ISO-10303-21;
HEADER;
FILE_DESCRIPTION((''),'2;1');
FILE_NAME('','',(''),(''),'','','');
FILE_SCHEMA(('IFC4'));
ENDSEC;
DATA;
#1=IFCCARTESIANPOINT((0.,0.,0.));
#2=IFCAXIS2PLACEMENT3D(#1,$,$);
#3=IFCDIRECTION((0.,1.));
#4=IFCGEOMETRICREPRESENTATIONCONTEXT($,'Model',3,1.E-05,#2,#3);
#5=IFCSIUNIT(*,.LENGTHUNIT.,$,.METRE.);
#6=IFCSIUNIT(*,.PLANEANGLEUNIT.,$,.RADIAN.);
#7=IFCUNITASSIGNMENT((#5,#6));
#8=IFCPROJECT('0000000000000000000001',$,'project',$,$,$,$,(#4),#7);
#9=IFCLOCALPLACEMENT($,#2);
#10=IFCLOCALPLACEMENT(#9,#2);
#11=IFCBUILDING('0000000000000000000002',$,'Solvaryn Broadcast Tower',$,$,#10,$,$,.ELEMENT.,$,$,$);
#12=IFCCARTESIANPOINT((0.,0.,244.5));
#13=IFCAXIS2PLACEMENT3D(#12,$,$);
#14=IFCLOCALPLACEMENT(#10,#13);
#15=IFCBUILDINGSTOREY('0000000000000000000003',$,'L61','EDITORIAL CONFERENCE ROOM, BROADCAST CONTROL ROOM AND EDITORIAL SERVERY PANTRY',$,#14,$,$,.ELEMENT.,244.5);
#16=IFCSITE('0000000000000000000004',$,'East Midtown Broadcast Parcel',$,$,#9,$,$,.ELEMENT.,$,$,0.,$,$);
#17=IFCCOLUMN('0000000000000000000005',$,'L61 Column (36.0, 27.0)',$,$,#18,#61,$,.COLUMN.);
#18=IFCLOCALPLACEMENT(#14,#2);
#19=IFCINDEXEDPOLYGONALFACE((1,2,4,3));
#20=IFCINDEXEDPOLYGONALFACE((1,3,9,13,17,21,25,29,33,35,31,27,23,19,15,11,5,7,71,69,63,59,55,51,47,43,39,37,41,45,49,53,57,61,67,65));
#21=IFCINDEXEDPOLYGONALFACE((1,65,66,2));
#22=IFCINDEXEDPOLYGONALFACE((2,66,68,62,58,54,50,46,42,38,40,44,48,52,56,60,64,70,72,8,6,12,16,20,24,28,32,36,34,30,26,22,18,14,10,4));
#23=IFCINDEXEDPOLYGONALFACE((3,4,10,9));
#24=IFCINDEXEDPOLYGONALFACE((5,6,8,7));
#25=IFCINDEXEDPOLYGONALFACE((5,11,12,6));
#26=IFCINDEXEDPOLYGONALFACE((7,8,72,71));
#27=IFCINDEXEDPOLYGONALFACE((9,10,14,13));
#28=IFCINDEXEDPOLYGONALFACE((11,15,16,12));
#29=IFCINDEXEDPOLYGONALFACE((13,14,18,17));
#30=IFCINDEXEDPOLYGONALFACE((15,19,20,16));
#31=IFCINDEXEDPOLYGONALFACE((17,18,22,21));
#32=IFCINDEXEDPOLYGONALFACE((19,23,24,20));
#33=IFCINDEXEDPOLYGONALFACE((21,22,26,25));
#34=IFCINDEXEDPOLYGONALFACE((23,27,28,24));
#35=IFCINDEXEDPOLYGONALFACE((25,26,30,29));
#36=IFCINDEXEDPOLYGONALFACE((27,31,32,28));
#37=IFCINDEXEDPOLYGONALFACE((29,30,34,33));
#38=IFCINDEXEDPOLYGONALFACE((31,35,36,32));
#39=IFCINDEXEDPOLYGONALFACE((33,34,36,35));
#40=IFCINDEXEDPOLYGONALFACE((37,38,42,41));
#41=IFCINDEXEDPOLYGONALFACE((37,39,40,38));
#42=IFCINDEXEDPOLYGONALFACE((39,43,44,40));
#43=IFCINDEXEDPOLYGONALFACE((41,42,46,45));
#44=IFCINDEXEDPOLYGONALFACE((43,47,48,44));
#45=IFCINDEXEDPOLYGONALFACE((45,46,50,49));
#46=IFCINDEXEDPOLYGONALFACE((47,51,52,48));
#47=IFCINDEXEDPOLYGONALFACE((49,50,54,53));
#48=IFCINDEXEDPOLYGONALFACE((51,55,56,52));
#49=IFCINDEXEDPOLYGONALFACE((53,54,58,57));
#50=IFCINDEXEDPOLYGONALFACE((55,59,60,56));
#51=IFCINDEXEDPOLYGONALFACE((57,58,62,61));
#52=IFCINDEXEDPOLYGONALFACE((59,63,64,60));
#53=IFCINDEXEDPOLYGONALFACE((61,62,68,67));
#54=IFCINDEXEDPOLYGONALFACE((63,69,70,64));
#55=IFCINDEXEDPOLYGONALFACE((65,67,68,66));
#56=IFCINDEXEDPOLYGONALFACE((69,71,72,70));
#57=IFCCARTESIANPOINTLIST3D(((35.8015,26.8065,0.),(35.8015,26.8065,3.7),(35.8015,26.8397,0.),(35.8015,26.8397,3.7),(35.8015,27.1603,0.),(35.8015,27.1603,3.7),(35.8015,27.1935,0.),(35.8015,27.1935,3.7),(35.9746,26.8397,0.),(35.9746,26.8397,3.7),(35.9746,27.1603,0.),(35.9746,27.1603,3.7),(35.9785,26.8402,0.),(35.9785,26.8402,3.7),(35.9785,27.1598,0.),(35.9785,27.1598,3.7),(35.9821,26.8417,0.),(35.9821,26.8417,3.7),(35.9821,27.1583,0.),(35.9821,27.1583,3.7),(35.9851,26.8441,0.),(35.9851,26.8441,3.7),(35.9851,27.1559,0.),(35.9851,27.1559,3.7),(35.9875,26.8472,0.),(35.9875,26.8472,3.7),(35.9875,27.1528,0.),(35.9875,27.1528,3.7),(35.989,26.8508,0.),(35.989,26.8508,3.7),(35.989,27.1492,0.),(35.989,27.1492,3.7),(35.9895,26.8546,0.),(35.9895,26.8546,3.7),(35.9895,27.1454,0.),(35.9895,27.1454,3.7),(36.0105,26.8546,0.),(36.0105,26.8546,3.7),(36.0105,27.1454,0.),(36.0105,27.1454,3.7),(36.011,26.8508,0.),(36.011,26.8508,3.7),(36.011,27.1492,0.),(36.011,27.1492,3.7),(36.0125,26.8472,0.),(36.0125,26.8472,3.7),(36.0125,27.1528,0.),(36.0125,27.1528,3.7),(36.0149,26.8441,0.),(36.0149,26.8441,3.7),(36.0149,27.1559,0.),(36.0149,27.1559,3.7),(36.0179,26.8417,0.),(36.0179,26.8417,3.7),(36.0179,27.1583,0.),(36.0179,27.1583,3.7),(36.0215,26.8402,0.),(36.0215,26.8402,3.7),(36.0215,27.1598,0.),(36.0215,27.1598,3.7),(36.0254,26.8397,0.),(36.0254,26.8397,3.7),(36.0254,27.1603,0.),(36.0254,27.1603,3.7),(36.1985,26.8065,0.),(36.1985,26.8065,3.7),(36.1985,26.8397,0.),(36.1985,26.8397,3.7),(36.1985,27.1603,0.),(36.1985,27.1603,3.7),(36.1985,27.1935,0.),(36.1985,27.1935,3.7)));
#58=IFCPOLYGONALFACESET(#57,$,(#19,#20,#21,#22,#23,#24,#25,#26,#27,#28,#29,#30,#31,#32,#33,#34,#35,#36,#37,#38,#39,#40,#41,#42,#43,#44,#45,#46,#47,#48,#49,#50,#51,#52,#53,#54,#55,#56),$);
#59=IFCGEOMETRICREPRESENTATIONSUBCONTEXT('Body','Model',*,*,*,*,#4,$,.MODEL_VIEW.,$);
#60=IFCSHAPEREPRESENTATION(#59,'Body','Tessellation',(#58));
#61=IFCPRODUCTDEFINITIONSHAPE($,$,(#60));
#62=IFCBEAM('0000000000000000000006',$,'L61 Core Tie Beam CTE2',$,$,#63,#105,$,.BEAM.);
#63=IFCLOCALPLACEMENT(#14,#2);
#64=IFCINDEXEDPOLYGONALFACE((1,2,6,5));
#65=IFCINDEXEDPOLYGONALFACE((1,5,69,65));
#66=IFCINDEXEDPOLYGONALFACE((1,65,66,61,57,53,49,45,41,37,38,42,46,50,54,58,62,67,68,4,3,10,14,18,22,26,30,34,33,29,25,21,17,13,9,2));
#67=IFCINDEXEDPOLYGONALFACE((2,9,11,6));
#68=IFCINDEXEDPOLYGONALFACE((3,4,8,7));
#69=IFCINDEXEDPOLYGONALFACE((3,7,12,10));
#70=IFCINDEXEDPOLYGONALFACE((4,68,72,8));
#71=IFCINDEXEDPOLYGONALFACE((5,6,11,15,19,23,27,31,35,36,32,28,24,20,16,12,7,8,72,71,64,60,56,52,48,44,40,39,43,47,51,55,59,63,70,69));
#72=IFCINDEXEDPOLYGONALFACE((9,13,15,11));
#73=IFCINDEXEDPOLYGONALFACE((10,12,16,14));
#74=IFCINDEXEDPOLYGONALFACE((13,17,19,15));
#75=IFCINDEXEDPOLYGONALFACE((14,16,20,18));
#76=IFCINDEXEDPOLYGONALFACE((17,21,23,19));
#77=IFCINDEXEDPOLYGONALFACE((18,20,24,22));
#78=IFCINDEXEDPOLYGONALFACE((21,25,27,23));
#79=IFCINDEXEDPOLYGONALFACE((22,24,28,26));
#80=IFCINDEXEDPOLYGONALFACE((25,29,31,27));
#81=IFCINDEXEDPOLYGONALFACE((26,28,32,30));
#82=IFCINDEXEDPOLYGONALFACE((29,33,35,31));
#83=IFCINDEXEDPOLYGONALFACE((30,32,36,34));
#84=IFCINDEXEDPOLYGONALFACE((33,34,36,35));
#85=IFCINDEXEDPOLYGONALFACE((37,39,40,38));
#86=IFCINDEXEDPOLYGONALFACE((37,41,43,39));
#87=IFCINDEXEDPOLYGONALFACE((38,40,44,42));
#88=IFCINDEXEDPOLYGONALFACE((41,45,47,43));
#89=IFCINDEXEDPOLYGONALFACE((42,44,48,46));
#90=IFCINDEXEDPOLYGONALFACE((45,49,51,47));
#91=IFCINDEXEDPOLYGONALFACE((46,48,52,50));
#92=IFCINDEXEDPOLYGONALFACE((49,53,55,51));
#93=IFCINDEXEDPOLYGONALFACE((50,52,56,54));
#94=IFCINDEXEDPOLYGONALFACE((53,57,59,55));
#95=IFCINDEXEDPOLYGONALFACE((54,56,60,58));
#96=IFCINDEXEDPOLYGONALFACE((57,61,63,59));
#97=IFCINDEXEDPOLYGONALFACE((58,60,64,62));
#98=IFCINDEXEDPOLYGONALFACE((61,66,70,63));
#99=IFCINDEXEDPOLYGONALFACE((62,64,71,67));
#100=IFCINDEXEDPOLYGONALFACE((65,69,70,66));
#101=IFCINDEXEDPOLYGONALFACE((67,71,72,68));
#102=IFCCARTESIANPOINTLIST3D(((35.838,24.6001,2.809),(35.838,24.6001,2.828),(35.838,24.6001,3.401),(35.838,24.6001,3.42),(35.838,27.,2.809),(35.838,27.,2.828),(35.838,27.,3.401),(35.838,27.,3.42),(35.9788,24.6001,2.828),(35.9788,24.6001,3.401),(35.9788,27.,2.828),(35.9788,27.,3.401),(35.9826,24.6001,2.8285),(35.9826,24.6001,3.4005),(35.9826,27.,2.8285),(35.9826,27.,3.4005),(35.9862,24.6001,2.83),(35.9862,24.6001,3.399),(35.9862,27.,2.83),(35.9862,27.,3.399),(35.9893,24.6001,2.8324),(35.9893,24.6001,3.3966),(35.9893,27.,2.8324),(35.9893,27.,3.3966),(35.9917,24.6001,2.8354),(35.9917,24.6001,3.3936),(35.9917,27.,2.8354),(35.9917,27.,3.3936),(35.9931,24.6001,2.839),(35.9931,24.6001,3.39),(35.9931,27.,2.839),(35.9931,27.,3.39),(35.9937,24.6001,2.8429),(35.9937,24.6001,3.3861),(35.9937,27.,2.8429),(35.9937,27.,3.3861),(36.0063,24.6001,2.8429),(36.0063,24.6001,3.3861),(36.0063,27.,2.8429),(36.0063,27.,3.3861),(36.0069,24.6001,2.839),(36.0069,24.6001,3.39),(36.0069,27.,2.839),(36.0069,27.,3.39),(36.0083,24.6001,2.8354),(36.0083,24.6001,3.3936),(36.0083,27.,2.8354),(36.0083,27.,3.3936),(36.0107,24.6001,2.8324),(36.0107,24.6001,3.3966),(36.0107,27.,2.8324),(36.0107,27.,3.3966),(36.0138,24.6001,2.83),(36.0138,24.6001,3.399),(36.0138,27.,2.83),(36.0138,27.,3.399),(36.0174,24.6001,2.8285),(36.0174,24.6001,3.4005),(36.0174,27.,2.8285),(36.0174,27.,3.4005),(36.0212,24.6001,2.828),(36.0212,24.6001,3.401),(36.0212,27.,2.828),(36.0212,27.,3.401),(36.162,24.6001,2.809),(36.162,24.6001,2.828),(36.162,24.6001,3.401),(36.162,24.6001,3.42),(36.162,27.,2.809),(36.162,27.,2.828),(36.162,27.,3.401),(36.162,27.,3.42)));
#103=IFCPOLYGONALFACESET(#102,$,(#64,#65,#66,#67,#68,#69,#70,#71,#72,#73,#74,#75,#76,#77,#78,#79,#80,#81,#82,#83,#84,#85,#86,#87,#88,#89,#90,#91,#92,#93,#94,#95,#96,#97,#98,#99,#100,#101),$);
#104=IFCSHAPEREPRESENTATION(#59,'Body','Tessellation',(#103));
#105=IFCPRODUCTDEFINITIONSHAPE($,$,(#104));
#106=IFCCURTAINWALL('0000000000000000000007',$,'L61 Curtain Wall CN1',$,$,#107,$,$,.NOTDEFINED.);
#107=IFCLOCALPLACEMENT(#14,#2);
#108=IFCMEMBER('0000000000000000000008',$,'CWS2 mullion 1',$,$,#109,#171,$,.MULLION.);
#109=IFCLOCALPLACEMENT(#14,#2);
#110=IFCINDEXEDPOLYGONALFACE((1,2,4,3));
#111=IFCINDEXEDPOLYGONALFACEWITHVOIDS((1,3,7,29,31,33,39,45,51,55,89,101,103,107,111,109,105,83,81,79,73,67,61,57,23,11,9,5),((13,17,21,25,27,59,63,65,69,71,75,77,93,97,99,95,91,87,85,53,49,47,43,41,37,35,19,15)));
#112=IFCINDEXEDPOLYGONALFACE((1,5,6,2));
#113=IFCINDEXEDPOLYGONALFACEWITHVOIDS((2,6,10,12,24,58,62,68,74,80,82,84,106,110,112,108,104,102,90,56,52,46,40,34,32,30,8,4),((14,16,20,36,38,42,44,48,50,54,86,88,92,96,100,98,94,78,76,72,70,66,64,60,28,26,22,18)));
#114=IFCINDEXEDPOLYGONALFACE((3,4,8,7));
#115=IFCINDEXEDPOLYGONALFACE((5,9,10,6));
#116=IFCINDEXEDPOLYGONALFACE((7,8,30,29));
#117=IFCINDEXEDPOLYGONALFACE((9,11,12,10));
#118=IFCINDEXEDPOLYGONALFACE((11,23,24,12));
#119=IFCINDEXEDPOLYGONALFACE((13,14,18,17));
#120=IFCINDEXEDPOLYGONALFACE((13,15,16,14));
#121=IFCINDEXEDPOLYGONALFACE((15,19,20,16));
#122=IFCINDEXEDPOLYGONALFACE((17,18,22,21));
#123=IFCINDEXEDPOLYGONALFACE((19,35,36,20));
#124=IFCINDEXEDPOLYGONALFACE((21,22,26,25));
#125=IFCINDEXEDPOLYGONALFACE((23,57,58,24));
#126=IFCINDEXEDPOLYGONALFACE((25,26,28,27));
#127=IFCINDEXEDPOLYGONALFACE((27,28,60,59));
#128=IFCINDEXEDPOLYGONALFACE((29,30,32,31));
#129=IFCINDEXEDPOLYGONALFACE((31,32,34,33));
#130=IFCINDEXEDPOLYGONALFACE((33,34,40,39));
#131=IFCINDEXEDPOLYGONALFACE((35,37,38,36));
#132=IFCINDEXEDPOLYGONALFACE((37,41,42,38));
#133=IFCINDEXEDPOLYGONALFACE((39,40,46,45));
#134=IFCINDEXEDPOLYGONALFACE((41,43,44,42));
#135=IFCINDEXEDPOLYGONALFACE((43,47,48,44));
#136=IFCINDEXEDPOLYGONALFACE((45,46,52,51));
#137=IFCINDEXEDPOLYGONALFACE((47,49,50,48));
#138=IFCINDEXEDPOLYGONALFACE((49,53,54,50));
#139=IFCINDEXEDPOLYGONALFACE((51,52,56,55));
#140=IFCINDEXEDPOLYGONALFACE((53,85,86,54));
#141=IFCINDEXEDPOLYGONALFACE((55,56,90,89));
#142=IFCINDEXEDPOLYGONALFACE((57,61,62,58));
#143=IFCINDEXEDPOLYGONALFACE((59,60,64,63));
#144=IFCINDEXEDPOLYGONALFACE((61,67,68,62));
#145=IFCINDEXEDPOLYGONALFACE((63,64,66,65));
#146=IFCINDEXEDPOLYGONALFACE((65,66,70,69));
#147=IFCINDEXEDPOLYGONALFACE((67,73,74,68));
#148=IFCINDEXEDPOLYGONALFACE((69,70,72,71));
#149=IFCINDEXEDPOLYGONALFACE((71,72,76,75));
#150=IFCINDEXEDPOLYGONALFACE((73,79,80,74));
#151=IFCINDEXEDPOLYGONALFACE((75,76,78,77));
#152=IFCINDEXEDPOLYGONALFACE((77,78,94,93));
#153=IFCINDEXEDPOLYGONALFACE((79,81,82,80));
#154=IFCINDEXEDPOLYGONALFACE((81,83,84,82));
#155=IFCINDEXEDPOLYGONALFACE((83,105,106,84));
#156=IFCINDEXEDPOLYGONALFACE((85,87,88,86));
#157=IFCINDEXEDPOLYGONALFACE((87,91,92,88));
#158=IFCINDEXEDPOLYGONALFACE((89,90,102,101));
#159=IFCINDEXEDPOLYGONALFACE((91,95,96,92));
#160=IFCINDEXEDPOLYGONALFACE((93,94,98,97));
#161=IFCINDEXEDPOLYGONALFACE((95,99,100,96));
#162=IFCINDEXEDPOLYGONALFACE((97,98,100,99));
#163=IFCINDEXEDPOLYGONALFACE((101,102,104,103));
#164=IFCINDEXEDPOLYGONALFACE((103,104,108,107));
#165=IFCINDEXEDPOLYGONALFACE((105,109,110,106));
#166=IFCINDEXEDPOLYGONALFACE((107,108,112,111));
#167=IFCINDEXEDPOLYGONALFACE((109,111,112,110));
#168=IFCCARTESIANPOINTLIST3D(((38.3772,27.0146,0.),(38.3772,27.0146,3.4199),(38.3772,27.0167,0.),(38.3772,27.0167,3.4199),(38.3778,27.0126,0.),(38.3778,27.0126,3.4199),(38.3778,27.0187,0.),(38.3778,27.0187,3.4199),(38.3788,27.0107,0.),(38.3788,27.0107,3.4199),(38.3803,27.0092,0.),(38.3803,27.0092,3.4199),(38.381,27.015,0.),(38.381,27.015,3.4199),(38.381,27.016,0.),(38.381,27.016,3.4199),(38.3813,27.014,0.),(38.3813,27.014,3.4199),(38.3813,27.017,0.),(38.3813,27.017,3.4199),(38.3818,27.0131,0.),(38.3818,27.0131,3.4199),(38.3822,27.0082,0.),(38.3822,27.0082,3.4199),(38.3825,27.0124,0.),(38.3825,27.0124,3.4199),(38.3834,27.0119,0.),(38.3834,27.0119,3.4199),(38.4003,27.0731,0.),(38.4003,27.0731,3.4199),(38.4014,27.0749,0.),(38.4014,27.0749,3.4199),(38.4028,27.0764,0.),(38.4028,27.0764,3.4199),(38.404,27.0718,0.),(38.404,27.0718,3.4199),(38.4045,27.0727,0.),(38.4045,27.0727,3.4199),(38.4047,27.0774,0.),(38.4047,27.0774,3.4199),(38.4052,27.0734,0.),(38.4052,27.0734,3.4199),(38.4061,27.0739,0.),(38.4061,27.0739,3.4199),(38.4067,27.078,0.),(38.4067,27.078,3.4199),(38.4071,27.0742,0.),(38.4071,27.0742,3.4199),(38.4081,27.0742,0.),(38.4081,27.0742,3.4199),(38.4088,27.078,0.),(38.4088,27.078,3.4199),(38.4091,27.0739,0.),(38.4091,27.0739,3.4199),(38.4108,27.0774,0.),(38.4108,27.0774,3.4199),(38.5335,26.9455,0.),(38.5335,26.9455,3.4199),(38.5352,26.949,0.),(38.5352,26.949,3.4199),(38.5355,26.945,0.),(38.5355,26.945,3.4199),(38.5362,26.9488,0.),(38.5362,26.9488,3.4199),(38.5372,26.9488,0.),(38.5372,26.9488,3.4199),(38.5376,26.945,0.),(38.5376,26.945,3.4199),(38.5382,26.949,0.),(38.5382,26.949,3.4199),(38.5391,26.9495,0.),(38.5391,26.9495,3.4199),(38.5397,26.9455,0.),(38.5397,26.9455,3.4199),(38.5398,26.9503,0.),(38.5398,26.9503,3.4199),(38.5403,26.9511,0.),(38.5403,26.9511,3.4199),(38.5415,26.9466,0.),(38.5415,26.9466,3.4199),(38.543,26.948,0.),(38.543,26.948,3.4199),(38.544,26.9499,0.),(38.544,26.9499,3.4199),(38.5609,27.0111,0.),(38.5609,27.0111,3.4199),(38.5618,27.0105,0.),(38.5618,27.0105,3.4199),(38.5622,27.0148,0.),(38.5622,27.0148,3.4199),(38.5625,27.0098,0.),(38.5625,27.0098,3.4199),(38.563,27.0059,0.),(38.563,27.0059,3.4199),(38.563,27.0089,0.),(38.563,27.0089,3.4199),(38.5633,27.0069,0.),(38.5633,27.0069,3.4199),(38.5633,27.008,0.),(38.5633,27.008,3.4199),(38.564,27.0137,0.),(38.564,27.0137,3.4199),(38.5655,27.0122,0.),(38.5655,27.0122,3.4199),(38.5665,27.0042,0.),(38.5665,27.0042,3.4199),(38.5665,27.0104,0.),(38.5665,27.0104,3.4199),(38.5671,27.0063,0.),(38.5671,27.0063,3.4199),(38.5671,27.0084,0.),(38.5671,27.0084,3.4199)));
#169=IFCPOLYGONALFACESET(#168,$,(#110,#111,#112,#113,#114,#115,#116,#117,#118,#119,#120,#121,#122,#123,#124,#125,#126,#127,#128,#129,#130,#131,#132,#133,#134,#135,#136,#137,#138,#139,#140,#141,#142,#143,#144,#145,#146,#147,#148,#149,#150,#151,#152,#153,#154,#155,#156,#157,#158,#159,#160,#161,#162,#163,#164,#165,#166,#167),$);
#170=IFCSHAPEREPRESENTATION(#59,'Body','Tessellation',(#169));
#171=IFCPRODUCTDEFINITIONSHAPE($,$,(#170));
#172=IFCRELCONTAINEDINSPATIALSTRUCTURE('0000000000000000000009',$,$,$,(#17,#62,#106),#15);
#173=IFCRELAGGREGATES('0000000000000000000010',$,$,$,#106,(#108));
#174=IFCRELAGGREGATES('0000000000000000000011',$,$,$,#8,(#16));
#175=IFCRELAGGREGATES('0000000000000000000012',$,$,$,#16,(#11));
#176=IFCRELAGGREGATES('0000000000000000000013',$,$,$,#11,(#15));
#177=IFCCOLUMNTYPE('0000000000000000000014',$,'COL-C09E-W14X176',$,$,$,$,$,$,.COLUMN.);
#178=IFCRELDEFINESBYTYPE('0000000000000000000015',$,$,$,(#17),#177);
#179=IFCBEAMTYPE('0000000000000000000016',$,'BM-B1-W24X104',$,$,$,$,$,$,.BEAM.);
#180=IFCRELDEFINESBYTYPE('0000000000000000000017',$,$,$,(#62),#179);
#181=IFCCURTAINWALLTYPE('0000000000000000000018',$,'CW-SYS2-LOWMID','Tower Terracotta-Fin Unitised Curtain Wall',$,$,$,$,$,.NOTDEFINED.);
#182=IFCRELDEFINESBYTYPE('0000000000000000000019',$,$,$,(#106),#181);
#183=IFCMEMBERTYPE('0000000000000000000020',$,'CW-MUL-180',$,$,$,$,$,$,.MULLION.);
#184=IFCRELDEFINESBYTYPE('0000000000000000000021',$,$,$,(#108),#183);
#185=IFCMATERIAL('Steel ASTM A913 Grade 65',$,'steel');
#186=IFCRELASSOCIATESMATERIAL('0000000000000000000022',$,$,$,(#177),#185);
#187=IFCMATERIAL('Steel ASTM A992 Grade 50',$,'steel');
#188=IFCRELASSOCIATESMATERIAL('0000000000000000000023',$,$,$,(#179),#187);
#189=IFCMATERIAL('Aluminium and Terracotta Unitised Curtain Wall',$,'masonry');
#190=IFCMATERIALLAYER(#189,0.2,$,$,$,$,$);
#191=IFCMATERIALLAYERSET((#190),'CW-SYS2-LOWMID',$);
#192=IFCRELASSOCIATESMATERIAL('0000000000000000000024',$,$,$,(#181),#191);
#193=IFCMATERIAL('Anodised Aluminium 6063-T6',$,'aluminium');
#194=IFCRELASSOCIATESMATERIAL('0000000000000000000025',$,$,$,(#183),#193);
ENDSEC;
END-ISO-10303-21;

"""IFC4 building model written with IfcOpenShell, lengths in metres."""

from ifc_helpers import new_model, si_unit, direction, frame, origin, origin_2d, place, context, subcontext, project, spatial, hollow_rectangle, i_section, extrude, material, layer, layer_set, material_profile, profile_set, type_object, element, aggregate, save


model = new_model("IFC4")

# Units and contexts
model_context = context("Model", 3, precision=1e-05, world=origin(), true_north=direction((0.0, 1.0)))
body_context = subcontext(model_context, "Body", "Model", "MODEL_VIEW")
ifc_project = project(units=[si_unit("LENGTHUNIT", "METRE"), si_unit("PLANEANGLEUNIT", "RADIAN")], contexts=[model_context])

# Site, building, storey
site_placement = place(None, origin())
site = spatial("IfcSite", under=ifc_project, at=site_placement, Name="East Midtown Broadcast Parcel", CompositionType="ELEMENT", RefElevation=0.0)
building_placement = place(site_placement, origin())
building = spatial("IfcBuilding", under=site, at=building_placement, Name="Solvaryn Broadcast Tower", CompositionType="ELEMENT")
storey_placement = place(building_placement, frame((0.0, 0.0, 244.5)))
storey = spatial("IfcBuildingStorey", under=building, at=storey_placement, Name="L61", Description="EDITORIAL CONFERENCE ROOM, BROADCAST CONTROL ROOM AND EDITORIAL SERVERY PANTRY", CompositionType="ELEMENT", Elevation=244.5)

# Column
ifc_material_1 = material(Name="Steel ASTM A913 Grade 65", Category="steel")
ifc_material_profile_1 = material_profile(ifc_material_1, i_section(OverallWidth=0.397, OverallDepth=0.387, WebThickness=0.021, FlangeThickness=0.0332, FilletRadius=0.0149, at=origin_2d()))
ifc_profile_set_1 = profile_set([ifc_material_profile_1], Name="Steel ASTM A913 Grade 65")
column_type = type_object("IfcColumnType", Name="COL-C09E-W14X176", PredefinedType="COLUMN", material=ifc_profile_set_1)
column_placement = place(storey_placement, frame((36.0, 27.0, 0.0), z_axis=(0.0, 0.0, 1.0), x_axis=(1.0, 0.0, 0.0)))
element("IfcColumn", 1, at=column_placement, inside=storey, type_object=column_type, Name="L61 Column (36.0, 27.0)", PredefinedType="COLUMN", context=body_context, shape_type="SweptSolid", body=[
    extrude(i_section(OverallWidth=0.397, OverallDepth=0.387, WebThickness=0.021, FlangeThickness=0.0332, FilletRadius=0.0149, at=origin_2d()), origin(), (0.0, 0.0, 1.0), 3.7),
])

# Beam
ifc_material_2 = material(Name="Steel ASTM A992 Grade 50", Category="steel")
ifc_material_profile_2 = material_profile(ifc_material_2, i_section(OverallWidth=0.324, OverallDepth=0.6111, WebThickness=0.0127, FlangeThickness=0.019, FilletRadius=0.0149, at=origin_2d()))
ifc_profile_set_2 = profile_set([ifc_material_profile_2], Name="Steel ASTM A992 Grade 50")
beam_type = type_object("IfcBeamType", Name="BM-B1-W24X104", PredefinedType="BEAM", material=ifc_profile_set_2)
beam_placement = place(storey_placement, frame((36.0, 24.6001, 3.1145), z_axis=(0.0, 1.0, 0.0), x_axis=(-1.0, 0.0, 0.0)))
element("IfcBeam", 2, at=beam_placement, inside=storey, type_object=beam_type, Name="L61 Core Tie Beam CTE2", PredefinedType="BEAM", context=body_context, shape_type="SweptSolid", body=[
    extrude(i_section(OverallWidth=0.324, OverallDepth=0.6111, WebThickness=0.0127, FlangeThickness=0.019, FilletRadius=0.0149, at=origin_2d()), origin(), (0.0, 0.0, 1.0), 2.3999),
])

# Curtain wall, member
ifc_material_3 = material(Name="Aluminium and Terracotta Unitised Curtain Wall", Category="masonry")
ifc_layer_1 = layer(ifc_material_3, 0.2)
ifc_layer_set_1 = layer_set([ifc_layer_1], Name="CW-SYS2-LOWMID")
curtain_wall_type = type_object("IfcCurtainWallType", Name="CW-SYS2-LOWMID", Description="Tower Terracotta-Fin Unitised Curtain Wall", PredefinedType="NOTDEFINED", material=ifc_layer_set_1)
curtain_wall_1_placement = place(storey_placement, origin())
curtain_wall_1 = element("IfcCurtainWall", 3, at=curtain_wall_1_placement, inside=storey, type_object=curtain_wall_type, Name="L61 Curtain Wall CN1", PredefinedType="NOTDEFINED")
ifc_material_4 = material(Name="Anodised Aluminium 6063-T6", Category="aluminium")
ifc_material_profile_3 = material_profile(ifc_material_4, hollow_rectangle(XDim=0.075, YDim=0.1799, WallThickness=0.0039, InnerFilletRadius=0.0039, OuterFilletRadius=0.0081, at=origin_2d()))
ifc_profile_set_3 = profile_set([ifc_material_profile_3], Name="Anodised Aluminium 6063-T6")
member_type_1 = type_object("IfcMemberType", Name="CW-MUL-180", PredefinedType="MULLION", material=ifc_profile_set_3)
member_1_placement = place(storey_placement, frame((38.4722, 27.0115, 0.0), z_axis=(0.0, 0.0, 1.0), x_axis=(-0.382646, -0.923895, 0.0)))
member_1 = element("IfcMember", 4, at=member_1_placement, type_object=member_type_1, Name="CWS2 mullion 1", PredefinedType="MULLION", context=body_context, shape_type="SweptSolid", body=[
    extrude(hollow_rectangle(XDim=0.075, YDim=0.1799, WallThickness=0.0039, InnerFilletRadius=0.0039, OuterFilletRadius=0.0081, at=origin_2d()), origin(), (0.0, 0.0, 1.0), 3.4199),
])

aggregate(curtain_wall_1, [member_1])

save(model, "model.ifc")
